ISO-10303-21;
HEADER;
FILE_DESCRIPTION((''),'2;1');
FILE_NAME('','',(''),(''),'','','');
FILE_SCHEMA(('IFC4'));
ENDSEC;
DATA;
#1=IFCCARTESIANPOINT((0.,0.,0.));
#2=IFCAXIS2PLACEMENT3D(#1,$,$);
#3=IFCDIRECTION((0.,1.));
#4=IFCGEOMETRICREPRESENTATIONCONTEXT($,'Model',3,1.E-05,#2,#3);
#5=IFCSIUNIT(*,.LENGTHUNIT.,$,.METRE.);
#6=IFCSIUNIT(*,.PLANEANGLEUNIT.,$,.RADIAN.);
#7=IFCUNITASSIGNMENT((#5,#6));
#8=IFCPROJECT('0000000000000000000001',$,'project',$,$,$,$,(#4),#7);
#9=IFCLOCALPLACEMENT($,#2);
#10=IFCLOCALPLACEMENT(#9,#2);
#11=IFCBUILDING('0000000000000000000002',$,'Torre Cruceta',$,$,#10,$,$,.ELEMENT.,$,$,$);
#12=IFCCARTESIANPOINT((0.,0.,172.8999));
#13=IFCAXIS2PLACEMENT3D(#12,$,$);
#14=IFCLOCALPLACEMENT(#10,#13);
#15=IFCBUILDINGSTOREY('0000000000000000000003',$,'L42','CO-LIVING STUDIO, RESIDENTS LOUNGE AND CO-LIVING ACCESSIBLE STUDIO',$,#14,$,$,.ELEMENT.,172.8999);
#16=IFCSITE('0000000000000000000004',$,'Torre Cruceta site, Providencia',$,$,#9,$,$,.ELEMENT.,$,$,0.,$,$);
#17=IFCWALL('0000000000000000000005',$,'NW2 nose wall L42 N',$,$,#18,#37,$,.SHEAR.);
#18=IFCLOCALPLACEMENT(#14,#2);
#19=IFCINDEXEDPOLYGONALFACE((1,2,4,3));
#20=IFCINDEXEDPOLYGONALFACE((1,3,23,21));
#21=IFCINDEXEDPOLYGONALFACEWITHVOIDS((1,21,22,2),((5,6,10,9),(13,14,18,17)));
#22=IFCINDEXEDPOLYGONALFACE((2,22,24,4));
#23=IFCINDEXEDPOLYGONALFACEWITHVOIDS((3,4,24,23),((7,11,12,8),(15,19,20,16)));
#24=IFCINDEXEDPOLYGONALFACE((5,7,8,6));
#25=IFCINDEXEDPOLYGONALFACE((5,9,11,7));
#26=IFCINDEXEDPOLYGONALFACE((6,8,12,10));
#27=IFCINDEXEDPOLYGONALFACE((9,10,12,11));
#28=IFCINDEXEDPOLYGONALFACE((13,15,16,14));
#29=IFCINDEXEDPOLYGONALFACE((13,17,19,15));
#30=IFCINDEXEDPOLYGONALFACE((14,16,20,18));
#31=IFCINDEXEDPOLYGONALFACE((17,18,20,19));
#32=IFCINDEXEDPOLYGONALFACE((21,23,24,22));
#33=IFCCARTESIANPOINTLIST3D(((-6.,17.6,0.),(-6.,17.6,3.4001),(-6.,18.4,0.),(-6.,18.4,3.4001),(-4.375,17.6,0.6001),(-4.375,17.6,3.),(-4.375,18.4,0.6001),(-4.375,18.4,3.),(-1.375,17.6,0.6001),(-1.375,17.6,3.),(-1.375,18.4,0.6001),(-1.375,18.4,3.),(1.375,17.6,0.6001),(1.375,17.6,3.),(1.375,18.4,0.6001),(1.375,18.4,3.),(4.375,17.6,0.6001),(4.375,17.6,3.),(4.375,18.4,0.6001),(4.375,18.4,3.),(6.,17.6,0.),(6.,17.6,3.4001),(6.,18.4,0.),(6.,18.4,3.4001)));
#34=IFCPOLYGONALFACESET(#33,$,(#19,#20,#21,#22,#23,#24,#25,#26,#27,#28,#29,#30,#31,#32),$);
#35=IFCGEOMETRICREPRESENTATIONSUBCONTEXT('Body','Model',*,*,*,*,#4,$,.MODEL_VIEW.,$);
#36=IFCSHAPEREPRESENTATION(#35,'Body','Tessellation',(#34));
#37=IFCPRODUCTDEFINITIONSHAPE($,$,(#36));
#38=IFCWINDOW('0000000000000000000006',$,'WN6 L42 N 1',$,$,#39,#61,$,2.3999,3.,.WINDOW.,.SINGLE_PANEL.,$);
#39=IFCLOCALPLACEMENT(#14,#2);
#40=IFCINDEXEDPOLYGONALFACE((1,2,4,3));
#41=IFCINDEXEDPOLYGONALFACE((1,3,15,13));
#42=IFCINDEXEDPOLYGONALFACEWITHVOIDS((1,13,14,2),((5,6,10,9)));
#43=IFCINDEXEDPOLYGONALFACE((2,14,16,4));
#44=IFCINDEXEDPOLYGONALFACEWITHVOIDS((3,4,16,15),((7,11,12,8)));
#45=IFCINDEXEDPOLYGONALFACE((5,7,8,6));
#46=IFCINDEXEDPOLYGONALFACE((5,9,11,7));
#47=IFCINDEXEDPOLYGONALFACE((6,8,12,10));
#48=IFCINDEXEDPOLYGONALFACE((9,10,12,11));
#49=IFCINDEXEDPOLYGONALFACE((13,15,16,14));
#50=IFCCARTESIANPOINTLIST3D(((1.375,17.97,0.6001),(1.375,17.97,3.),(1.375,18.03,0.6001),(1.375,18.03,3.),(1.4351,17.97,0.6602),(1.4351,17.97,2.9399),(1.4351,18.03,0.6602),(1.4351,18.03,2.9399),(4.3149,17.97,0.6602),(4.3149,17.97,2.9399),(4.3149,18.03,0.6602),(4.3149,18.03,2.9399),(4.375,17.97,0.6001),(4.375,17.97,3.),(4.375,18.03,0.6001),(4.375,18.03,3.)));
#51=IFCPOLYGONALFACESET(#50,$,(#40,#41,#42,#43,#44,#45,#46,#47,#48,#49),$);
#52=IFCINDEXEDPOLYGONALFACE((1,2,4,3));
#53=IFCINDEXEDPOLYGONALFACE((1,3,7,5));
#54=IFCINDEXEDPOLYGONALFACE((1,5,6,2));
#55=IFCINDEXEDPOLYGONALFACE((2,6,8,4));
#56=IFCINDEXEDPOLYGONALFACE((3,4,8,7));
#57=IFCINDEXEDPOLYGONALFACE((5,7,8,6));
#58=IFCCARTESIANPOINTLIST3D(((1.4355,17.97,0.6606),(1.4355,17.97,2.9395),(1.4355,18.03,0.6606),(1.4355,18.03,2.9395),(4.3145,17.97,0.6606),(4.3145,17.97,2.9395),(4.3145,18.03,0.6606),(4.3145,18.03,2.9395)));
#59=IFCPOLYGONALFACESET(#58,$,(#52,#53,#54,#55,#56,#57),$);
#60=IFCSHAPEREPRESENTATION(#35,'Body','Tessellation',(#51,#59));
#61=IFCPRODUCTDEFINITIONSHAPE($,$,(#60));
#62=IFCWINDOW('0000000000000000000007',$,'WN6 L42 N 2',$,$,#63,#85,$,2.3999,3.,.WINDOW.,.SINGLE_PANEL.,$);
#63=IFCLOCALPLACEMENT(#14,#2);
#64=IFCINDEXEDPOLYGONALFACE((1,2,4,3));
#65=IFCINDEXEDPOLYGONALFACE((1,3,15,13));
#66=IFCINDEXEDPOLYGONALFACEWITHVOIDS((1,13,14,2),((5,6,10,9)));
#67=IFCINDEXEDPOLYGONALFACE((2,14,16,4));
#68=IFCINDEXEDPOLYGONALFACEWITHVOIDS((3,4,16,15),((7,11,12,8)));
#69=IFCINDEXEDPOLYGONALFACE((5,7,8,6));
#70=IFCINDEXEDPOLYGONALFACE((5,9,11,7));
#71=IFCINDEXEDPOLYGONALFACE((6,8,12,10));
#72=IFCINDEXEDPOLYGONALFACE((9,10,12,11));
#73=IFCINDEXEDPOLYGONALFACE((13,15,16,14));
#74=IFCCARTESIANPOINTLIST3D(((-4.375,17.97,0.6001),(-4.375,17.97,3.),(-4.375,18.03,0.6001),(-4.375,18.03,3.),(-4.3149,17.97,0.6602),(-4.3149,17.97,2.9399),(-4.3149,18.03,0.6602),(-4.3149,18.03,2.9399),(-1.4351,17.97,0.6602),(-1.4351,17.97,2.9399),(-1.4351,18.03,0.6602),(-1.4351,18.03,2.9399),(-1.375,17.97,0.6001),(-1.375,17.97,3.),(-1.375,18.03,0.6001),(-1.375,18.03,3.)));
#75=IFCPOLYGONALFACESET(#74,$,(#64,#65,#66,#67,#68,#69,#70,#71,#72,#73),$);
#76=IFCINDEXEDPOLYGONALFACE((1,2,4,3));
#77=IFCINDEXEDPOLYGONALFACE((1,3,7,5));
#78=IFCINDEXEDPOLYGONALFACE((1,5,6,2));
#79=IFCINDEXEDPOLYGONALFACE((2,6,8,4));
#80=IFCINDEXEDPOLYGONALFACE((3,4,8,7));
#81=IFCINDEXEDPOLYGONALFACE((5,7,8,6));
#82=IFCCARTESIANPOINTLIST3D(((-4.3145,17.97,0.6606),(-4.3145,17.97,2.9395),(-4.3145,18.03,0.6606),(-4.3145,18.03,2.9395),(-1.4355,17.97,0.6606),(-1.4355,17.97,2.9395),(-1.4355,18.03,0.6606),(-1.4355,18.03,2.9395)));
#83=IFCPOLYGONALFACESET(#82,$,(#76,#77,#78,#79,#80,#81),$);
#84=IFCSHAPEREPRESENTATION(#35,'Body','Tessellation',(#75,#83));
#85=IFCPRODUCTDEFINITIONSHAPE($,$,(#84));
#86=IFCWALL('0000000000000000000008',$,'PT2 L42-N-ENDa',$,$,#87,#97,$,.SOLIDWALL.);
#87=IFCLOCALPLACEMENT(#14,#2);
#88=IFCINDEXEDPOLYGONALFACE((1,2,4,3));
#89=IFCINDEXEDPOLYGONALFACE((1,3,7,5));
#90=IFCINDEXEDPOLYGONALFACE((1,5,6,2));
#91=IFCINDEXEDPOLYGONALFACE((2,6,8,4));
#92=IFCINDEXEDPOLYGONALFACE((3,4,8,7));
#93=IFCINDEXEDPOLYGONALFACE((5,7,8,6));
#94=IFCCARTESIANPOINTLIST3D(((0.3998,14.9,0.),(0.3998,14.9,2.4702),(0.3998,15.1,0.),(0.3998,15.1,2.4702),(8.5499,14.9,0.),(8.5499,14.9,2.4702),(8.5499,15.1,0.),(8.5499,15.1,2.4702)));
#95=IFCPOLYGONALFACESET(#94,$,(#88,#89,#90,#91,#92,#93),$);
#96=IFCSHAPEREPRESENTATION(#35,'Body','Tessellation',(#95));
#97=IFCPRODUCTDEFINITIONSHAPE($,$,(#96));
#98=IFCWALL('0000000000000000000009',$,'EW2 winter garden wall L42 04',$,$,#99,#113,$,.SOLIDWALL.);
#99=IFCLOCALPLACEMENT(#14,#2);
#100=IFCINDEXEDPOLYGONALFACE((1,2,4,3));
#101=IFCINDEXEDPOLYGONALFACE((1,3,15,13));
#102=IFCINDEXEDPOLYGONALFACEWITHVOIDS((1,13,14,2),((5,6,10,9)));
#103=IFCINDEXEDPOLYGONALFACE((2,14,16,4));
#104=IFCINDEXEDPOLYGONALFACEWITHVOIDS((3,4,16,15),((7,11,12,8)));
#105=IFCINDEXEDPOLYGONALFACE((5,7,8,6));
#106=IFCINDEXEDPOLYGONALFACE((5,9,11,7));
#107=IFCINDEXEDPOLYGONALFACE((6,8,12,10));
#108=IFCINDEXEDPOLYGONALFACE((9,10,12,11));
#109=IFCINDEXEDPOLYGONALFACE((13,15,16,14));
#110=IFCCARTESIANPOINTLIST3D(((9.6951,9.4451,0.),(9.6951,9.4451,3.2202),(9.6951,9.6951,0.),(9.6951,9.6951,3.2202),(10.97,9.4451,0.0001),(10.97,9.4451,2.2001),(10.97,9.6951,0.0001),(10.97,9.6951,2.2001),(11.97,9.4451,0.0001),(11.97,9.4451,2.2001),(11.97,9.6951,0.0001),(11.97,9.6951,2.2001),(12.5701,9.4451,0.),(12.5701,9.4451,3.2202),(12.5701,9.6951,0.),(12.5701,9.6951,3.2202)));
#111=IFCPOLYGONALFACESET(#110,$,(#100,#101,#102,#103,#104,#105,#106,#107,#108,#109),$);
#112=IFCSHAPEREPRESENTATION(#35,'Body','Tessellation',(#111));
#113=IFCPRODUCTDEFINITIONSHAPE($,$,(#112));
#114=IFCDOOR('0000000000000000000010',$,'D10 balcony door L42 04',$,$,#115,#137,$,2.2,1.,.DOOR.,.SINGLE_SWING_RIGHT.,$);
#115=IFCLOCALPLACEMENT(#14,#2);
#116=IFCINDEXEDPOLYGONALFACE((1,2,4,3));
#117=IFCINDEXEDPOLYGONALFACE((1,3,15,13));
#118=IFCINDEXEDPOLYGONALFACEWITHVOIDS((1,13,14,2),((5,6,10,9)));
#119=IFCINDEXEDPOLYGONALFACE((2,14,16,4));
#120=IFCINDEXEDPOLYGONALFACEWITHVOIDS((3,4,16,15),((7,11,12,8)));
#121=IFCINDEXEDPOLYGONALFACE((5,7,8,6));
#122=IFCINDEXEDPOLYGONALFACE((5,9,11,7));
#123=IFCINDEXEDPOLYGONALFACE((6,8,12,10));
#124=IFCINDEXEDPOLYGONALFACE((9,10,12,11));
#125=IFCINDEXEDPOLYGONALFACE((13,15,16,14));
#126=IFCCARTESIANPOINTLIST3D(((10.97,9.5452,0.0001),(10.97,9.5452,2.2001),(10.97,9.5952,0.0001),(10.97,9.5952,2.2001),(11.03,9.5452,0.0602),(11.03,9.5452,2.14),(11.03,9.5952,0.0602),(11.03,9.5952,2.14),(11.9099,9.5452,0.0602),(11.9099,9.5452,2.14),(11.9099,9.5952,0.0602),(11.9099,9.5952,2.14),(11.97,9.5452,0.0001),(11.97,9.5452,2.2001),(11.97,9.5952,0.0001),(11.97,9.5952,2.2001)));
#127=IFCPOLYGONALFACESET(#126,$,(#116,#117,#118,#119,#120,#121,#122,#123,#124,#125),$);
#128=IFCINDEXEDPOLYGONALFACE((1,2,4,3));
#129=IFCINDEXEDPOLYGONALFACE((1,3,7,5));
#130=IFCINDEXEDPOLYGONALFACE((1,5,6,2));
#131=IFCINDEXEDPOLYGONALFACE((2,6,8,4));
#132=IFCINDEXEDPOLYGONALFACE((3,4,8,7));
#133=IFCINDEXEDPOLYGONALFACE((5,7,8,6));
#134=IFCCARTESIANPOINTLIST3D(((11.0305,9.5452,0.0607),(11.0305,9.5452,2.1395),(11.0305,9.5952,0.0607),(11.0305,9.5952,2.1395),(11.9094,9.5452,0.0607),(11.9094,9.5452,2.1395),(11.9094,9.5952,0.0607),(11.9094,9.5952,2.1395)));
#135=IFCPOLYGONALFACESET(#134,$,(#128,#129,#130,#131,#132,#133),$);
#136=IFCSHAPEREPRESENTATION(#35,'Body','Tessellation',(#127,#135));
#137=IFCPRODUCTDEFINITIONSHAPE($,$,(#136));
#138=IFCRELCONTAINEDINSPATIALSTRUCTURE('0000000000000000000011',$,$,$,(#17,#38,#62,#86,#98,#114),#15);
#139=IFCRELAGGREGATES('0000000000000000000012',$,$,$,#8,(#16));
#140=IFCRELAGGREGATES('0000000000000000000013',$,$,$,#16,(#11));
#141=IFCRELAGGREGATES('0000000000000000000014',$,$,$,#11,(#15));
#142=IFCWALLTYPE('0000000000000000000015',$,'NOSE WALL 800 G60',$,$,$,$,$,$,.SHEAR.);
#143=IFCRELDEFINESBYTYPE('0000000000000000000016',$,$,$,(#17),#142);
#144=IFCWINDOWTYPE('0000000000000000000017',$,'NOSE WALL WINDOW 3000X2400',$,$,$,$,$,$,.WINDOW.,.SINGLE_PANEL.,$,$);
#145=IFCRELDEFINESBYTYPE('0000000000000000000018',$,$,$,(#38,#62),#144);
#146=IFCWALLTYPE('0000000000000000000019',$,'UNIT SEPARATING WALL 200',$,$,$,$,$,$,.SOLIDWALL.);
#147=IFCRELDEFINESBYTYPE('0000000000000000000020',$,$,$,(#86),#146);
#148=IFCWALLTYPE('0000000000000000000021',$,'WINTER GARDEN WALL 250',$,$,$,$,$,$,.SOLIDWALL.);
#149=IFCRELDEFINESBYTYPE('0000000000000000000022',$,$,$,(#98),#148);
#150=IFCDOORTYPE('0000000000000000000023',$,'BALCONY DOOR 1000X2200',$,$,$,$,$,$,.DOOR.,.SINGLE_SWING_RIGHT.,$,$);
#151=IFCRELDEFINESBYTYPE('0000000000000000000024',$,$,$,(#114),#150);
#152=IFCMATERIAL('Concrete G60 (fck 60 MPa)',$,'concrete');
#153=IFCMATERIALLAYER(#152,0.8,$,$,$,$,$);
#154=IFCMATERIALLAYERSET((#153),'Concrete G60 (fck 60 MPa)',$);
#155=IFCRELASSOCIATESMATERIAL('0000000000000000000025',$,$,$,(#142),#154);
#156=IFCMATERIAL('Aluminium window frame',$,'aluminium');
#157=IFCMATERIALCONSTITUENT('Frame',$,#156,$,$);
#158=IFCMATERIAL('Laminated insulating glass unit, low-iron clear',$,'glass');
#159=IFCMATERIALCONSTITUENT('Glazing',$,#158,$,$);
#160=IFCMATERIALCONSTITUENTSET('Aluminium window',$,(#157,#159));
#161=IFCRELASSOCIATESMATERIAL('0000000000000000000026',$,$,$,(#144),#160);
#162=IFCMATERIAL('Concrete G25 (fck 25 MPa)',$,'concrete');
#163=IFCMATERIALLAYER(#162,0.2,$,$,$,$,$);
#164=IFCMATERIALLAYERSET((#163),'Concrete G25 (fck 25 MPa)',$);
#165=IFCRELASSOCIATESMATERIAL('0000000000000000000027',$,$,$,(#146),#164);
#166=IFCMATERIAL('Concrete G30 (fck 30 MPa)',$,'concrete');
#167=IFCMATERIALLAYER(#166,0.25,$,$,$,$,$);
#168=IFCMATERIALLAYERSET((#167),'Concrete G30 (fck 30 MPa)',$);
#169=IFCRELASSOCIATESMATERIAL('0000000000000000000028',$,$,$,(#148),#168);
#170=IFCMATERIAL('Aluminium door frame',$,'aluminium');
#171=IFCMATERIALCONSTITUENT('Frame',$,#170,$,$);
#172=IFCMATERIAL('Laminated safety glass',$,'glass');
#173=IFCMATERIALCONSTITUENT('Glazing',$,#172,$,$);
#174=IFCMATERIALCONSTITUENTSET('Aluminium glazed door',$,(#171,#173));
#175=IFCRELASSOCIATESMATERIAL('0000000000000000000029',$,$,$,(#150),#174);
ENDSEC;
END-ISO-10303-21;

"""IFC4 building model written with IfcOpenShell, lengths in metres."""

from ifc_helpers import new_model, si_unit, direction, frame, frame_2d, origin, place, context, subcontext, project, spatial, rectangle, hollow_rectangle, extrude, material, layer, layer_set, constituent, constituent_set, type_object, element, fill, save


model = new_model("IFC4")

# Units and contexts
model_context = context("Model", 3, precision=1e-05, world=origin(), true_north=direction((0.0, 1.0)))
body_context = subcontext(model_context, "Body", "Model", "MODEL_VIEW")
ifc_project = project(units=[si_unit("LENGTHUNIT", "METRE"), si_unit("PLANEANGLEUNIT", "RADIAN")], contexts=[model_context])

# Site, building, storey
site_placement = place(None, origin())
site = spatial("IfcSite", under=ifc_project, at=site_placement, Name="Torre Cruceta site, Providencia", CompositionType="ELEMENT", RefElevation=0.0)
building_placement = place(site_placement, origin())
building = spatial("IfcBuilding", under=site, at=building_placement, Name="Torre Cruceta", CompositionType="ELEMENT")
storey_placement = place(building_placement, frame((0.0, 0.0, 172.8999)))
storey = spatial("IfcBuildingStorey", under=building, at=storey_placement, Name="L42", Description="CO-LIVING STUDIO, RESIDENTS LOUNGE AND CO-LIVING ACCESSIBLE STUDIO", CompositionType="ELEMENT", Elevation=172.8999)

# Wall, openings, windows
ifc_material_1 = material(Name="Concrete G60 (fck 60 MPa)", Category="concrete")
ifc_layer_1 = layer(ifc_material_1, 0.8)
ifc_layer_set_1 = layer_set([ifc_layer_1], Name="Concrete G60 (fck 60 MPa)")
wall_type_1 = type_object("IfcWallType", Name="NOSE WALL 800 G60", PredefinedType="SHEAR", material=ifc_layer_set_1)
wall_1_placement = place(storey_placement, frame((6.0, 18.0, 0.0), z_axis=(0.0, 0.0, 1.0), x_axis=(-1.0, 0.0, 0.0)))
wall_1 = element("IfcWall", 1, at=wall_1_placement, inside=storey, type_object=wall_type_1, Name="NW2 nose wall L42 N", PredefinedType="SHEAR", context=body_context, shape_type="SweptSolid", body=[
    extrude(rectangle(XDim=12.0, YDim=0.8, at=frame_2d((6.0, 0.0))), origin(), (0.0, 0.0, 1.0), 3.4001),
])
opening_1_placement = place(wall_1_placement, frame((1.625, 0.0, 0.6001)))
opening_1 = element("IfcOpeningElement", 2, at=opening_1_placement, cuts=wall_1, PredefinedType="OPENING", context=body_context, shape_type="SweptSolid", body=[
    extrude(rectangle(XDim=3.0, YDim=2.3999, at=frame_2d((1.5, 1.2))), frame((0.0, 0.4099, 0.0), z_axis=(0.0, -1.0, 0.0), x_axis=(1.0, 0.0, 0.0)), (0.0, 0.0, 1.0), 0.8201),
])
opening_2_placement = place(wall_1_placement, frame((7.375, 0.0, 0.6001)))
opening_2 = element("IfcOpeningElement", 3, at=opening_2_placement, cuts=wall_1, PredefinedType="OPENING", context=body_context, shape_type="SweptSolid", body=[
    extrude(rectangle(XDim=3.0, YDim=2.3999, at=frame_2d((1.5, 1.2))), frame((0.0, 0.4099, 0.0), z_axis=(0.0, -1.0, 0.0), x_axis=(1.0, 0.0, 0.0)), (0.0, 0.0, 1.0), 0.8201),
])
ifc_material_2 = material(Name="Aluminium window frame", Category="aluminium")
ifc_constituent_1 = constituent(ifc_material_2, Name="Frame")
ifc_material_3 = material(Name="Laminated insulating glass unit, low-iron clear", Category="glass")
ifc_constituent_2 = constituent(ifc_material_3, Name="Glazing")
ifc_constituent_set_1 = constituent_set(constituents=[ifc_constituent_1, ifc_constituent_2], Name="Aluminium window")
window_type_1 = type_object("IfcWindowType", Name="NOSE WALL WINDOW 3000X2400", PartitioningType="SINGLE_PANEL", PredefinedType="WINDOW", material=ifc_constituent_set_1)
window_1_placement = place(opening_1_placement, origin())
window_1 = element("IfcWindow", 4, at=window_1_placement, inside=storey, type_object=window_type_1, Name="WN6 L42 N 1", OverallHeight=2.3999, OverallWidth=3.0, PartitioningType="SINGLE_PANEL", PredefinedType="WINDOW", context=body_context, shape_type="SweptSolid", body=[
    extrude(hollow_rectangle(XDim=3.0, YDim=2.3999, WallThickness=0.0601, at=frame_2d((1.5, 1.2))), frame((0.0, 0.03, 0.0), z_axis=(0.0, -1.0, 0.0), x_axis=(1.0, 0.0, 0.0)), (0.0, 0.0, 1.0), 0.0601),
    extrude(rectangle(XDim=2.8789, YDim=2.2788, at=frame_2d((1.5, 1.2))), frame((0.0, 0.03, 0.0), z_axis=(0.0, -1.0, 0.0), x_axis=(1.0, 0.0, 0.0)), (0.0, 0.0, 1.0), 0.0601),
])
fill(opening_1, window_1)
window_2_placement = place(opening_2_placement, origin())
window_2 = element("IfcWindow", 5, at=window_2_placement, inside=storey, type_object=window_type_1, Name="WN6 L42 N 2", OverallHeight=2.3999, OverallWidth=3.0, PartitioningType="SINGLE_PANEL", PredefinedType="WINDOW", context=body_context, shape_type="SweptSolid", body=[
    extrude(hollow_rectangle(XDim=3.0, YDim=2.3999, WallThickness=0.0601, at=frame_2d((1.5, 1.2))), frame((0.0, 0.03, 0.0), z_axis=(0.0, -1.0, 0.0), x_axis=(1.0, 0.0, 0.0)), (0.0, 0.0, 1.0), 0.0601),
    extrude(rectangle(XDim=2.8789, YDim=2.2788, at=frame_2d((1.5, 1.2))), frame((0.0, 0.03, 0.0), z_axis=(0.0, -1.0, 0.0), x_axis=(1.0, 0.0, 0.0)), (0.0, 0.0, 1.0), 0.0601),
])
fill(opening_2, window_2)

# Wall
ifc_material_4 = material(Name="Concrete G25 (fck 25 MPa)", Category="concrete")
ifc_layer_2 = layer(ifc_material_4, 0.2)
ifc_layer_set_2 = layer_set([ifc_layer_2], Name="Concrete G25 (fck 25 MPa)")
wall_type_2 = type_object("IfcWallType", Name="UNIT SEPARATING WALL 200", PredefinedType="SOLIDWALL", material=ifc_layer_set_2)
wall_2_placement = place(storey_placement, frame((8.55, 15.0, 0.0), z_axis=(0.0, 0.0, 1.0), x_axis=(-1.0, 0.0, 0.0)))
element("IfcWall", 6, at=wall_2_placement, inside=storey, type_object=wall_type_2, Name="PT2 L42-N-ENDa", PredefinedType="SOLIDWALL", context=body_context, shape_type="SweptSolid", body=[
    extrude(rectangle(XDim=8.1501, YDim=0.2, at=frame_2d((4.0752, 0.0))), origin(), (0.0, 0.0, 1.0), 2.4702),
])

# Wall, opening, door
ifc_material_5 = material(Name="Concrete G30 (fck 30 MPa)", Category="concrete")
ifc_layer_3 = layer(ifc_material_5, 0.25)
ifc_layer_set_3 = layer_set([ifc_layer_3], Name="Concrete G30 (fck 30 MPa)")
wall_type_3 = type_object("IfcWallType", Name="WINTER GARDEN WALL 250", PredefinedType="SOLIDWALL", material=ifc_layer_set_3)
wall_3_placement = place(storey_placement, frame((12.5701, 9.5701, 0.0), z_axis=(0.0, 0.0, 1.0), x_axis=(-1.0, 0.0, 0.0)))
wall_3 = element("IfcWall", 7, at=wall_3_placement, inside=storey, type_object=wall_type_3, Name="EW2 winter garden wall L42 04", PredefinedType="SOLIDWALL", context=body_context, shape_type="SweptSolid", body=[
    extrude(rectangle(XDim=2.875, YDim=0.25, at=frame_2d((1.4375, 0.0))), origin(), (0.0, 0.0, 1.0), 3.2202),
])
opening_3_placement = place(wall_3_placement, frame((0.6001, 0.0, 0.0)))
opening_3 = element("IfcOpeningElement", 8, at=opening_3_placement, cuts=wall_3, PredefinedType="OPENING", context=body_context, shape_type="SweptSolid", body=[
    extrude(rectangle(XDim=1.0, YDim=2.2, at=frame_2d((0.5, 1.1001))), frame((0.0, 0.135, 0.0), z_axis=(0.0, -1.0, 0.0), x_axis=(1.0, 0.0, 0.0)), (0.0, 0.0, 1.0), 0.27),
])
ifc_material_6 = material(Name="Aluminium door frame", Category="aluminium")
ifc_constituent_3 = constituent(ifc_material_6, Name="Frame")
ifc_material_7 = material(Name="Laminated safety glass", Category="glass")
ifc_constituent_4 = constituent(ifc_material_7, Name="Glazing")
ifc_constituent_set_2 = constituent_set(constituents=[ifc_constituent_3, ifc_constituent_4], Name="Aluminium glazed door")
door_type = type_object("IfcDoorType", Name="BALCONY DOOR 1000X2200", OperationType="SINGLE_SWING_RIGHT", PredefinedType="DOOR", material=ifc_constituent_set_2)
door_1_placement = place(opening_3_placement, origin())
door_1 = element("IfcDoor", 9, at=door_1_placement, inside=storey, type_object=door_type, Name="D10 balcony door L42 04", OperationType="SINGLE_SWING_RIGHT", OverallHeight=2.2, OverallWidth=1.0, PredefinedType="DOOR", context=body_context, shape_type="SweptSolid", body=[
    extrude(hollow_rectangle(XDim=1.0, YDim=2.2, WallThickness=0.0601, at=frame_2d((0.5, 1.1001))), frame((0.0, 0.0249, 0.0), z_axis=(0.0, -1.0, 0.0), x_axis=(1.0, 0.0, 0.0)), (0.0, 0.0, 1.0), 0.05),
    extrude(rectangle(XDim=0.8789, YDim=2.0789, at=frame_2d((0.5, 1.1001))), frame((0.0, 0.0249, 0.0), z_axis=(0.0, -1.0, 0.0), x_axis=(1.0, 0.0, 0.0)), (0.0, 0.0, 1.0), 0.05),
])
fill(opening_3, door_1)

save(model, "model.ifc")
